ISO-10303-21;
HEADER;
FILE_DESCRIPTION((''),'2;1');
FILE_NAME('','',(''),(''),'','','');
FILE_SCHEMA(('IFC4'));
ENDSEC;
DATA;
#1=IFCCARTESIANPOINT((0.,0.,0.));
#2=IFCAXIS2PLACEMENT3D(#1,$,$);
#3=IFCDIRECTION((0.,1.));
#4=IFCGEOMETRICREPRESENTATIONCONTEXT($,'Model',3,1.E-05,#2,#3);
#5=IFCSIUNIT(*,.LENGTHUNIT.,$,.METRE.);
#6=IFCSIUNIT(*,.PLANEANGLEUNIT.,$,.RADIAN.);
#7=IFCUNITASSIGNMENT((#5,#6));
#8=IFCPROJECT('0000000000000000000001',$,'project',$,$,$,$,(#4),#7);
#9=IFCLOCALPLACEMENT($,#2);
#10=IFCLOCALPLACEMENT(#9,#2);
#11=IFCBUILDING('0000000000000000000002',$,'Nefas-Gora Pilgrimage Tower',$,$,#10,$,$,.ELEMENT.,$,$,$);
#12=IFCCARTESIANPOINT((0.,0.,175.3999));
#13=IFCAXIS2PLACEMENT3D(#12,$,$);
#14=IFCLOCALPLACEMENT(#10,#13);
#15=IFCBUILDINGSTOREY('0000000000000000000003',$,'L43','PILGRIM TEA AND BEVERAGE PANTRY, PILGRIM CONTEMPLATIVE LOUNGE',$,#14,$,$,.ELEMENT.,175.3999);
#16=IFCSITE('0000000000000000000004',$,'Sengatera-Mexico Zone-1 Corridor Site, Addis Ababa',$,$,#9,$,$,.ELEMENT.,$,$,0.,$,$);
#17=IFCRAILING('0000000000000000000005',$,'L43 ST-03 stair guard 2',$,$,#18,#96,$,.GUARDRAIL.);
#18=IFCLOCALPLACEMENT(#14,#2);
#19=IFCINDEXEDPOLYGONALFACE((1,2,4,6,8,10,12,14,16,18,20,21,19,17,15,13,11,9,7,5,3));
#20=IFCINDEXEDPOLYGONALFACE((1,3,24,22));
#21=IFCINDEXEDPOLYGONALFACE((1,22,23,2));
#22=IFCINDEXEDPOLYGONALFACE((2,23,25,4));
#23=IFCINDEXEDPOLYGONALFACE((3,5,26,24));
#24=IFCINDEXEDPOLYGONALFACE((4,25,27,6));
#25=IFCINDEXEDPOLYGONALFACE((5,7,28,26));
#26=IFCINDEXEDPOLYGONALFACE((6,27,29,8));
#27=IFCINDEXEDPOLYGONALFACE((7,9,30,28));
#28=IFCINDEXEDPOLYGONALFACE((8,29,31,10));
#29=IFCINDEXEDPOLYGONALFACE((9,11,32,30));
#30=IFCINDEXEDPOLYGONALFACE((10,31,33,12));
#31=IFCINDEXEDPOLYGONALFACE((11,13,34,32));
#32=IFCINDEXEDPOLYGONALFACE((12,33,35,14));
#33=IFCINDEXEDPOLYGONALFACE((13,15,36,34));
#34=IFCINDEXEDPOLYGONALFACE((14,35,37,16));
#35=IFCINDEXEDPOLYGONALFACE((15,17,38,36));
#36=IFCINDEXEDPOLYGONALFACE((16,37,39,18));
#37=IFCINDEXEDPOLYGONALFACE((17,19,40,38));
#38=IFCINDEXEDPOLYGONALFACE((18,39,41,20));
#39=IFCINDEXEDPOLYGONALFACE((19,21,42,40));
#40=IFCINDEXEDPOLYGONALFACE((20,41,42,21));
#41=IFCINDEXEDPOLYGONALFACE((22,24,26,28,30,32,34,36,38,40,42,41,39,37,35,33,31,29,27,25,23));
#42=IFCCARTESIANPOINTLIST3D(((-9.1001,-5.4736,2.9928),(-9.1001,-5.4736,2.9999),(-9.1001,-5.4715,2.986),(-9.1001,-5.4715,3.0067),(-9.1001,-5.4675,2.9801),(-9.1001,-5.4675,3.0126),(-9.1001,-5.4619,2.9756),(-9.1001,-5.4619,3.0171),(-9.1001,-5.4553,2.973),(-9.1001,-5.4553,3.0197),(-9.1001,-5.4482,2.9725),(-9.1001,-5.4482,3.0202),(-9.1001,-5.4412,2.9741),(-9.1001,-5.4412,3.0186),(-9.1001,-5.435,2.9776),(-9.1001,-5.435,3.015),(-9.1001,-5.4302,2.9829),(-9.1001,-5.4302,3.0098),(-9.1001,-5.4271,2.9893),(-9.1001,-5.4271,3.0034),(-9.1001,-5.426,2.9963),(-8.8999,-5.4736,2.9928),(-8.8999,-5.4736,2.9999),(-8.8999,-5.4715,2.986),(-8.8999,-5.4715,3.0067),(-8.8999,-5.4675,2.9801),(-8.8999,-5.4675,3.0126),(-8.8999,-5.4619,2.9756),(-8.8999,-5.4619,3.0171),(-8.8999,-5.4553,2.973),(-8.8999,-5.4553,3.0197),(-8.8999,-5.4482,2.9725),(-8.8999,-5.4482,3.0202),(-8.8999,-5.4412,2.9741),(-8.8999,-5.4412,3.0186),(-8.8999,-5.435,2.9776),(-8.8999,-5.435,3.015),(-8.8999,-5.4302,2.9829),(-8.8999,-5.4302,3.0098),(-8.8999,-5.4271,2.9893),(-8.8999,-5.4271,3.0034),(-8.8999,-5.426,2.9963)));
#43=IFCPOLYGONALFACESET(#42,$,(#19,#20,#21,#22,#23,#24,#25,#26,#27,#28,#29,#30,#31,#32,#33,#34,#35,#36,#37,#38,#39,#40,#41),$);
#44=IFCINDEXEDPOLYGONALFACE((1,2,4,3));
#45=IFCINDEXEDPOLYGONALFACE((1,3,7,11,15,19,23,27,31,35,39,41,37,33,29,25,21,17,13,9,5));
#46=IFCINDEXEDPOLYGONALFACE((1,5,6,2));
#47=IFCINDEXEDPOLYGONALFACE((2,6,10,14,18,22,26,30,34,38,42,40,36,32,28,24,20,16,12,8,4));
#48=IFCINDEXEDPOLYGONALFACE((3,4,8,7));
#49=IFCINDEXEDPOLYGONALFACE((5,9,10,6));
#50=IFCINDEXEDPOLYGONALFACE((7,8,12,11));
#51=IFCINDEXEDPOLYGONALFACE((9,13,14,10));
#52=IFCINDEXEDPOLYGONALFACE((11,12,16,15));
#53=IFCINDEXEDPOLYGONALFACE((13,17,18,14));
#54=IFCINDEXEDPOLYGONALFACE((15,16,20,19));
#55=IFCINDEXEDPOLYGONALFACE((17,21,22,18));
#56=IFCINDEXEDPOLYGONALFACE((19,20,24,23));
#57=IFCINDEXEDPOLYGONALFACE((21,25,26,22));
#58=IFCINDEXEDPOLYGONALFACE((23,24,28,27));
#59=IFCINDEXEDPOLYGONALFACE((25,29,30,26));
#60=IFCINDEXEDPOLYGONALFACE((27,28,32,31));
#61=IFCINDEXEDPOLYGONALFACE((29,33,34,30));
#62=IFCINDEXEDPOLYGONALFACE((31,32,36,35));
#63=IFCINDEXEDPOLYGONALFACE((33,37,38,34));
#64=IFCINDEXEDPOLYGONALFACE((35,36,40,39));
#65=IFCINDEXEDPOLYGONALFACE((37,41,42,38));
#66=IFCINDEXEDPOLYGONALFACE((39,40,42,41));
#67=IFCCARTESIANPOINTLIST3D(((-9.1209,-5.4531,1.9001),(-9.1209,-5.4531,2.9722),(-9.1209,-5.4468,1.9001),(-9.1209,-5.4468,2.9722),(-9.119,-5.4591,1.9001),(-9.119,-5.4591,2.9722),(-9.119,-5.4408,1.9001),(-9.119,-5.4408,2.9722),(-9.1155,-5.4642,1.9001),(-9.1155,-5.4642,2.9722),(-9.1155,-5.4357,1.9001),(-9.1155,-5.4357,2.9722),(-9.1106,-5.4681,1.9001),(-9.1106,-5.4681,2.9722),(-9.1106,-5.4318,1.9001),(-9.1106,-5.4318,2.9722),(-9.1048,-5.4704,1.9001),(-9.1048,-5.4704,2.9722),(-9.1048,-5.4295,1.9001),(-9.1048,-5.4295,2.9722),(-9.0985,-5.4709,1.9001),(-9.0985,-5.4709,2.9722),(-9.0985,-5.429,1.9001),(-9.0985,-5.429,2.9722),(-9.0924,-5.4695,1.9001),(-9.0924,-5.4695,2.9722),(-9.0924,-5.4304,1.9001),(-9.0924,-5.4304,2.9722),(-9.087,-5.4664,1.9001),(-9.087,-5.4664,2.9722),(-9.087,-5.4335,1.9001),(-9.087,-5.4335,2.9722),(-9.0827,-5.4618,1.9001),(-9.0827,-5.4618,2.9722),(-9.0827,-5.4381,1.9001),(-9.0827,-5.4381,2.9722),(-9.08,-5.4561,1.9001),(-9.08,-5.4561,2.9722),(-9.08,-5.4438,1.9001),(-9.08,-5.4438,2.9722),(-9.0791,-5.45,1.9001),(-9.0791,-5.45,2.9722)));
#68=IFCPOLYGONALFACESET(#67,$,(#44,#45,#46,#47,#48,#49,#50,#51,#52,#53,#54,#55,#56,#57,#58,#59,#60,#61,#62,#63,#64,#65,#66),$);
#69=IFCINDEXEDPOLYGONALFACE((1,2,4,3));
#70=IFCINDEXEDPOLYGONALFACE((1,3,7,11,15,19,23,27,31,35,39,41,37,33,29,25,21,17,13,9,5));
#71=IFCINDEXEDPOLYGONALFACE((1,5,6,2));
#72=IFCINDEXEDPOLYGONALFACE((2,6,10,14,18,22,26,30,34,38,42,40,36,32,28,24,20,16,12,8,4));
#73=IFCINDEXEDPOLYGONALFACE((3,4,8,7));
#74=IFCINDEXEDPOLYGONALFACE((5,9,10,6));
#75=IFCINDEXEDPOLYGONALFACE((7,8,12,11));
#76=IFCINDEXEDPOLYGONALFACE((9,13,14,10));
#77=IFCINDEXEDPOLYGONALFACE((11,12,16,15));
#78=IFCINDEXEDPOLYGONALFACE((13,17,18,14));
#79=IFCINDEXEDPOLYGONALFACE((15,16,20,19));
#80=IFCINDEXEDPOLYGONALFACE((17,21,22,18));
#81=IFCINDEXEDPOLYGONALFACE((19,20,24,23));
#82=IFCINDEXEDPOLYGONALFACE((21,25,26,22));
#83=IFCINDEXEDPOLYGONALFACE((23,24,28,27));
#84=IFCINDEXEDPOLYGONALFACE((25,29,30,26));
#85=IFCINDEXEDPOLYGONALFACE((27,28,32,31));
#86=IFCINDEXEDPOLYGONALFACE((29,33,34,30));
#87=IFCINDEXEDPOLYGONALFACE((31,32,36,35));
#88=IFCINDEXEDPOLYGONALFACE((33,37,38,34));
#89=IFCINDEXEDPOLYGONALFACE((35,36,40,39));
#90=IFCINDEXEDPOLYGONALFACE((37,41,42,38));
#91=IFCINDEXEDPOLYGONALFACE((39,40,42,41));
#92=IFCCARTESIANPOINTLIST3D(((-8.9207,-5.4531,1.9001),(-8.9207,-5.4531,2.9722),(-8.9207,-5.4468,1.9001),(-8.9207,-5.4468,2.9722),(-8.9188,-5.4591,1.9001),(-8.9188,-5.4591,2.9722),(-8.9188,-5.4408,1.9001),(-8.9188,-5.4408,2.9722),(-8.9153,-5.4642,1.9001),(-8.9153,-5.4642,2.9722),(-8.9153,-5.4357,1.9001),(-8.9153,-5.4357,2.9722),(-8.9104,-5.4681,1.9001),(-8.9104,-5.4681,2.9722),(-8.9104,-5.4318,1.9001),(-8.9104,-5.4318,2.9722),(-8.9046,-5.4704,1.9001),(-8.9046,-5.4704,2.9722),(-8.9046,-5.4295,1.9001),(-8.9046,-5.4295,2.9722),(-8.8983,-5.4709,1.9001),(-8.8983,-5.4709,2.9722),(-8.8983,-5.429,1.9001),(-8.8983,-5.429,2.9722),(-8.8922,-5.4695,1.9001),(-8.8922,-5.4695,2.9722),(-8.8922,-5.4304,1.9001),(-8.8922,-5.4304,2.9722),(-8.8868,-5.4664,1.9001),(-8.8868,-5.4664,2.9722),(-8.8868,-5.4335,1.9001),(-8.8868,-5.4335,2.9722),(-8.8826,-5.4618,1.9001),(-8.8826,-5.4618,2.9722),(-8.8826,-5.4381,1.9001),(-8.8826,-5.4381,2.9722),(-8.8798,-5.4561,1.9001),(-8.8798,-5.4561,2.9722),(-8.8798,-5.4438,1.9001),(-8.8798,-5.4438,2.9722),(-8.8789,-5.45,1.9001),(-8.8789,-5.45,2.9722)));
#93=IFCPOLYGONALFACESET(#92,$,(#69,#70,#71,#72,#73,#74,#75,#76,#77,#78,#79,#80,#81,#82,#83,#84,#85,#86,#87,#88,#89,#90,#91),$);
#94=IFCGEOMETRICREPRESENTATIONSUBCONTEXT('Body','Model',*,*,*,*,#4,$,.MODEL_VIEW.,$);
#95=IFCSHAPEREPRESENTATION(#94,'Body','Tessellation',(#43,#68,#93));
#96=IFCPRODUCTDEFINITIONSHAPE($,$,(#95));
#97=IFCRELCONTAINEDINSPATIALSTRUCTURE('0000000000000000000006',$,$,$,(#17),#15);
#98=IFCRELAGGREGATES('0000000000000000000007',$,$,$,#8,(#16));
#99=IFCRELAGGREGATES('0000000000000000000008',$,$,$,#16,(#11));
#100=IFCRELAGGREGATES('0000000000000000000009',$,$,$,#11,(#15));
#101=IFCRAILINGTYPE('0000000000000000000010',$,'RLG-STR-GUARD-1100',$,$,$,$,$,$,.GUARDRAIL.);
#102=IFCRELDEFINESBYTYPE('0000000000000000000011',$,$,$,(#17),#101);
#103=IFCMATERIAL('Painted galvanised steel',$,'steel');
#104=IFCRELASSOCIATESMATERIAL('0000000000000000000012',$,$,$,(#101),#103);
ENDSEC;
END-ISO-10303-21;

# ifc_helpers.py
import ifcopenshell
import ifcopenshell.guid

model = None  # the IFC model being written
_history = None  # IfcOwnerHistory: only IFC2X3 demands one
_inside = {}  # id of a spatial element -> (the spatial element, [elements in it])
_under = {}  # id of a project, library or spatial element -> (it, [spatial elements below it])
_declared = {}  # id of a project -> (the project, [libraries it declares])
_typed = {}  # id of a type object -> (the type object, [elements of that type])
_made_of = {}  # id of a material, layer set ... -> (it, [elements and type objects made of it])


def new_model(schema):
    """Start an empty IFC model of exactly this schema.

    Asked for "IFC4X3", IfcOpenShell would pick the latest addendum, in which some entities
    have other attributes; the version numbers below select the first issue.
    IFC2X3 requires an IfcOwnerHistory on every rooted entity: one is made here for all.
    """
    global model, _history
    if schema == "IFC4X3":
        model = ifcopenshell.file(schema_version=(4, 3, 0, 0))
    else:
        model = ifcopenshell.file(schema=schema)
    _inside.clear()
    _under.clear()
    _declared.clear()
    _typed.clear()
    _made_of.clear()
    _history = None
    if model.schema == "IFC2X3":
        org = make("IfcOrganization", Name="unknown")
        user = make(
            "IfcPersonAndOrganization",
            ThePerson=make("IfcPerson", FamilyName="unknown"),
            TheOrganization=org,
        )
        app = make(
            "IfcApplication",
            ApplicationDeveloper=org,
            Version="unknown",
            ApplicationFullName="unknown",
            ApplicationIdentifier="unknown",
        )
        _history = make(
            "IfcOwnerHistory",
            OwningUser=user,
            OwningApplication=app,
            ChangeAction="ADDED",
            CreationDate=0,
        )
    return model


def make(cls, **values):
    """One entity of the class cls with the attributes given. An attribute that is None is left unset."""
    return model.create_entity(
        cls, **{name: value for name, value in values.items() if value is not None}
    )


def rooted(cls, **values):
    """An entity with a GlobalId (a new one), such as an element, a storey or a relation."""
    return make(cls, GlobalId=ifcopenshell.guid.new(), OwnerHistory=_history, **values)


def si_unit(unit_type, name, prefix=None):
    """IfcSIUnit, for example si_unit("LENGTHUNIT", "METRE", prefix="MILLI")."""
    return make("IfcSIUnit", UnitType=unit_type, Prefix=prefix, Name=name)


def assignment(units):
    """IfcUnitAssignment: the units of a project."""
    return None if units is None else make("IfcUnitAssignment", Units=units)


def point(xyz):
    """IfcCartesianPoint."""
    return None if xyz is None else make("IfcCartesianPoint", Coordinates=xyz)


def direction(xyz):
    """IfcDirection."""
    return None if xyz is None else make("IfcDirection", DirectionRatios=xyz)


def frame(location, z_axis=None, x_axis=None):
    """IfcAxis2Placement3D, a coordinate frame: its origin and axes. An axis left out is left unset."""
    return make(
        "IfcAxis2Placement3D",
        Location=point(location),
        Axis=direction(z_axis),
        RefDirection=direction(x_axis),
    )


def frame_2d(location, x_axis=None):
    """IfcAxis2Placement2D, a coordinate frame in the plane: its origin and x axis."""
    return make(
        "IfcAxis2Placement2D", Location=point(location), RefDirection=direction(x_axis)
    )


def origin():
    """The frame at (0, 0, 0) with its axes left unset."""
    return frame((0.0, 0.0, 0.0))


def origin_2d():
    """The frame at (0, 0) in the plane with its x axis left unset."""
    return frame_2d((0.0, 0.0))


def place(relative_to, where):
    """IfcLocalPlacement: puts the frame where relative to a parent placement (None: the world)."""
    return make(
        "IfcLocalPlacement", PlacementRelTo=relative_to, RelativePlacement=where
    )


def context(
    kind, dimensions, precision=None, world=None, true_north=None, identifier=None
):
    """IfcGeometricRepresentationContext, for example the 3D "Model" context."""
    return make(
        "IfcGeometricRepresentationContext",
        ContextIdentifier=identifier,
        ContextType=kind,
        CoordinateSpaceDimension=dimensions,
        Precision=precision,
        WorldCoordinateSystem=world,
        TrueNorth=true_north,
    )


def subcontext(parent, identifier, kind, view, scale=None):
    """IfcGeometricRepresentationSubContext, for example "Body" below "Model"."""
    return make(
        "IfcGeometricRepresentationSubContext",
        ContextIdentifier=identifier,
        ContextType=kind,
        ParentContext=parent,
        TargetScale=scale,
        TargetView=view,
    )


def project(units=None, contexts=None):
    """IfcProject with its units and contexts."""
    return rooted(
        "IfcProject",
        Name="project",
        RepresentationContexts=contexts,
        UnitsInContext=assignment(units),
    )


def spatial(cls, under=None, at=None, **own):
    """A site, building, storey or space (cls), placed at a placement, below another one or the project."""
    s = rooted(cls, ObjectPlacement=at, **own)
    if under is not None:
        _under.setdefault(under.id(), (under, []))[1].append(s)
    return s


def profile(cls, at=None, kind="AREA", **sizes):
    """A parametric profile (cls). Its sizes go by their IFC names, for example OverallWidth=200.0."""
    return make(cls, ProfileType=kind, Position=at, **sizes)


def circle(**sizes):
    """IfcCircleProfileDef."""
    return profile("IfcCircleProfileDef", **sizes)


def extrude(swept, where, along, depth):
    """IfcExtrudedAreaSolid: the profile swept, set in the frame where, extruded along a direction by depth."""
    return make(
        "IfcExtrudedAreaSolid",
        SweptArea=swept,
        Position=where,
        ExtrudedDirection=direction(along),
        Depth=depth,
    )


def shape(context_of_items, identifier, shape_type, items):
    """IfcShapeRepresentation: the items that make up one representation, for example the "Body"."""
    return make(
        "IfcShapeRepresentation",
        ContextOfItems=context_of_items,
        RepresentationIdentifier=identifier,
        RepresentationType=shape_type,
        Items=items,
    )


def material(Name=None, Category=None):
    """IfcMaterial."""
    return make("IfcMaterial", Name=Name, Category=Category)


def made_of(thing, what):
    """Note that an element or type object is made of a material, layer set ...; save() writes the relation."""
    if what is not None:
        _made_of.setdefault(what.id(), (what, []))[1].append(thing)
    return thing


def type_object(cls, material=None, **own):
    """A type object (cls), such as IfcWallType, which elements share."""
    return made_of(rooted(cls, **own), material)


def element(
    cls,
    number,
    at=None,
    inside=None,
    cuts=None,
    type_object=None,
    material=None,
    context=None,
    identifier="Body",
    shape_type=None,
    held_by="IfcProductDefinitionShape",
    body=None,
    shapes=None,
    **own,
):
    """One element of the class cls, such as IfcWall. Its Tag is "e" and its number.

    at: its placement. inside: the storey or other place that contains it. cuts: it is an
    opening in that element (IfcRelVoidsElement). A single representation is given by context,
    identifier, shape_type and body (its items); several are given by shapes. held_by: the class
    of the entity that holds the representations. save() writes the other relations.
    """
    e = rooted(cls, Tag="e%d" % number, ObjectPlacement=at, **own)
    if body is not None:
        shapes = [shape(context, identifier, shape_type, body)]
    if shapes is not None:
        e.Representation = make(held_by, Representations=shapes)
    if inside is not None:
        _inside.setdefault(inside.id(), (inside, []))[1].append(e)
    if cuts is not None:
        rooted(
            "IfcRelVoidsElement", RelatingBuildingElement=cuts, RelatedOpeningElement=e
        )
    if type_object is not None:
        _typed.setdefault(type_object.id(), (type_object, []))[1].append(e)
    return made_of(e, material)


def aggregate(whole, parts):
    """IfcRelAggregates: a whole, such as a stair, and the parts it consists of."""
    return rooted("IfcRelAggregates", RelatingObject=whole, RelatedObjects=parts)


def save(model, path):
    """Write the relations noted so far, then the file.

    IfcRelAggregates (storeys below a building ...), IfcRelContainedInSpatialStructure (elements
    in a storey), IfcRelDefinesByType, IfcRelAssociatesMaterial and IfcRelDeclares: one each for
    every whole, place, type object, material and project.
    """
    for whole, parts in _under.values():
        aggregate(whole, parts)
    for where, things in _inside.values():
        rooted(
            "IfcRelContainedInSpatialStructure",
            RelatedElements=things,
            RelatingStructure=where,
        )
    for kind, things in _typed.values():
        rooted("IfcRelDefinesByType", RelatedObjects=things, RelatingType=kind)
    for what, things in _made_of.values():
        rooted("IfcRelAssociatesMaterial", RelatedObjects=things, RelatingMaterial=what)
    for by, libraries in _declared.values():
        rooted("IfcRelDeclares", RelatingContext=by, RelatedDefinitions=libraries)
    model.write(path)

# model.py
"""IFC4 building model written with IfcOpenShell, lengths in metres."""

from ifc_helpers import new_model, si_unit, direction, frame, origin, origin_2d, place, context, subcontext, project, spatial, circle, extrude, material, type_object, element, save


model = new_model("IFC4")

# Units and contexts
model_context = context("Model", 3, precision=1e-05, world=origin(), true_north=direction((0.0, 1.0)))
body_context = subcontext(model_context, "Body", "Model", "MODEL_VIEW")
ifc_project = project(units=[si_unit("LENGTHUNIT", "METRE"), si_unit("PLANEANGLEUNIT", "RADIAN")], contexts=[model_context])

# Site, building, storey
site_placement = place(None, origin())
site = spatial("IfcSite", under=ifc_project, at=site_placement, Name="Sengatera-Mexico Zone-1 Corridor Site, Addis Ababa", CompositionType="ELEMENT", RefElevation=0.0)
building_placement = place(site_placement, origin())
building = spatial("IfcBuilding", under=site, at=building_placement, Name="Nefas-Gora Pilgrimage Tower", CompositionType="ELEMENT")
storey_placement = place(building_placement, frame((0.0, 0.0, 175.3999)))
storey = spatial("IfcBuildingStorey", under=building, at=storey_placement, Name="L43", Description="PILGRIM TEA AND BEVERAGE PANTRY, PILGRIM CONTEMPLATIVE LOUNGE", CompositionType="ELEMENT", Elevation=175.3999)

# Railing
ifc_material_1 = material(Name="Painted galvanised steel", Category="steel")
railing_type_1 = type_object("IfcRailingType", Name="RLG-STR-GUARD-1100", PredefinedType="GUARDRAIL", material=ifc_material_1)
railing_1_placement = place(storey_placement, frame((-9.1001, -5.45, 1.9001)))
element("IfcRailing", 1, at=railing_1_placement, inside=storey, type_object=railing_type_1, Name="L43 ST-03 stair guard 2", PredefinedType="GUARDRAIL", context=body_context, shape_type="SweptSolid", body=[
    extrude(circle(Radius=0.0239, at=origin_2d()), frame((0.0, 0.0, 1.0962), z_axis=(1.0, 0.0, 0.0), x_axis=(0.0, 1.0, 0.0)), (0.0, 0.0, 1.0), 0.2002),
    extrude(circle(Radius=0.021, at=origin_2d()), origin(), (0.0, 0.0, 1.0), 1.072),
    extrude(circle(Radius=0.021, at=origin_2d()), frame((0.2002, 0.0, 0.0)), (0.0, 0.0, 1.0), 1.072),
])

save(model, "model.ifc")
